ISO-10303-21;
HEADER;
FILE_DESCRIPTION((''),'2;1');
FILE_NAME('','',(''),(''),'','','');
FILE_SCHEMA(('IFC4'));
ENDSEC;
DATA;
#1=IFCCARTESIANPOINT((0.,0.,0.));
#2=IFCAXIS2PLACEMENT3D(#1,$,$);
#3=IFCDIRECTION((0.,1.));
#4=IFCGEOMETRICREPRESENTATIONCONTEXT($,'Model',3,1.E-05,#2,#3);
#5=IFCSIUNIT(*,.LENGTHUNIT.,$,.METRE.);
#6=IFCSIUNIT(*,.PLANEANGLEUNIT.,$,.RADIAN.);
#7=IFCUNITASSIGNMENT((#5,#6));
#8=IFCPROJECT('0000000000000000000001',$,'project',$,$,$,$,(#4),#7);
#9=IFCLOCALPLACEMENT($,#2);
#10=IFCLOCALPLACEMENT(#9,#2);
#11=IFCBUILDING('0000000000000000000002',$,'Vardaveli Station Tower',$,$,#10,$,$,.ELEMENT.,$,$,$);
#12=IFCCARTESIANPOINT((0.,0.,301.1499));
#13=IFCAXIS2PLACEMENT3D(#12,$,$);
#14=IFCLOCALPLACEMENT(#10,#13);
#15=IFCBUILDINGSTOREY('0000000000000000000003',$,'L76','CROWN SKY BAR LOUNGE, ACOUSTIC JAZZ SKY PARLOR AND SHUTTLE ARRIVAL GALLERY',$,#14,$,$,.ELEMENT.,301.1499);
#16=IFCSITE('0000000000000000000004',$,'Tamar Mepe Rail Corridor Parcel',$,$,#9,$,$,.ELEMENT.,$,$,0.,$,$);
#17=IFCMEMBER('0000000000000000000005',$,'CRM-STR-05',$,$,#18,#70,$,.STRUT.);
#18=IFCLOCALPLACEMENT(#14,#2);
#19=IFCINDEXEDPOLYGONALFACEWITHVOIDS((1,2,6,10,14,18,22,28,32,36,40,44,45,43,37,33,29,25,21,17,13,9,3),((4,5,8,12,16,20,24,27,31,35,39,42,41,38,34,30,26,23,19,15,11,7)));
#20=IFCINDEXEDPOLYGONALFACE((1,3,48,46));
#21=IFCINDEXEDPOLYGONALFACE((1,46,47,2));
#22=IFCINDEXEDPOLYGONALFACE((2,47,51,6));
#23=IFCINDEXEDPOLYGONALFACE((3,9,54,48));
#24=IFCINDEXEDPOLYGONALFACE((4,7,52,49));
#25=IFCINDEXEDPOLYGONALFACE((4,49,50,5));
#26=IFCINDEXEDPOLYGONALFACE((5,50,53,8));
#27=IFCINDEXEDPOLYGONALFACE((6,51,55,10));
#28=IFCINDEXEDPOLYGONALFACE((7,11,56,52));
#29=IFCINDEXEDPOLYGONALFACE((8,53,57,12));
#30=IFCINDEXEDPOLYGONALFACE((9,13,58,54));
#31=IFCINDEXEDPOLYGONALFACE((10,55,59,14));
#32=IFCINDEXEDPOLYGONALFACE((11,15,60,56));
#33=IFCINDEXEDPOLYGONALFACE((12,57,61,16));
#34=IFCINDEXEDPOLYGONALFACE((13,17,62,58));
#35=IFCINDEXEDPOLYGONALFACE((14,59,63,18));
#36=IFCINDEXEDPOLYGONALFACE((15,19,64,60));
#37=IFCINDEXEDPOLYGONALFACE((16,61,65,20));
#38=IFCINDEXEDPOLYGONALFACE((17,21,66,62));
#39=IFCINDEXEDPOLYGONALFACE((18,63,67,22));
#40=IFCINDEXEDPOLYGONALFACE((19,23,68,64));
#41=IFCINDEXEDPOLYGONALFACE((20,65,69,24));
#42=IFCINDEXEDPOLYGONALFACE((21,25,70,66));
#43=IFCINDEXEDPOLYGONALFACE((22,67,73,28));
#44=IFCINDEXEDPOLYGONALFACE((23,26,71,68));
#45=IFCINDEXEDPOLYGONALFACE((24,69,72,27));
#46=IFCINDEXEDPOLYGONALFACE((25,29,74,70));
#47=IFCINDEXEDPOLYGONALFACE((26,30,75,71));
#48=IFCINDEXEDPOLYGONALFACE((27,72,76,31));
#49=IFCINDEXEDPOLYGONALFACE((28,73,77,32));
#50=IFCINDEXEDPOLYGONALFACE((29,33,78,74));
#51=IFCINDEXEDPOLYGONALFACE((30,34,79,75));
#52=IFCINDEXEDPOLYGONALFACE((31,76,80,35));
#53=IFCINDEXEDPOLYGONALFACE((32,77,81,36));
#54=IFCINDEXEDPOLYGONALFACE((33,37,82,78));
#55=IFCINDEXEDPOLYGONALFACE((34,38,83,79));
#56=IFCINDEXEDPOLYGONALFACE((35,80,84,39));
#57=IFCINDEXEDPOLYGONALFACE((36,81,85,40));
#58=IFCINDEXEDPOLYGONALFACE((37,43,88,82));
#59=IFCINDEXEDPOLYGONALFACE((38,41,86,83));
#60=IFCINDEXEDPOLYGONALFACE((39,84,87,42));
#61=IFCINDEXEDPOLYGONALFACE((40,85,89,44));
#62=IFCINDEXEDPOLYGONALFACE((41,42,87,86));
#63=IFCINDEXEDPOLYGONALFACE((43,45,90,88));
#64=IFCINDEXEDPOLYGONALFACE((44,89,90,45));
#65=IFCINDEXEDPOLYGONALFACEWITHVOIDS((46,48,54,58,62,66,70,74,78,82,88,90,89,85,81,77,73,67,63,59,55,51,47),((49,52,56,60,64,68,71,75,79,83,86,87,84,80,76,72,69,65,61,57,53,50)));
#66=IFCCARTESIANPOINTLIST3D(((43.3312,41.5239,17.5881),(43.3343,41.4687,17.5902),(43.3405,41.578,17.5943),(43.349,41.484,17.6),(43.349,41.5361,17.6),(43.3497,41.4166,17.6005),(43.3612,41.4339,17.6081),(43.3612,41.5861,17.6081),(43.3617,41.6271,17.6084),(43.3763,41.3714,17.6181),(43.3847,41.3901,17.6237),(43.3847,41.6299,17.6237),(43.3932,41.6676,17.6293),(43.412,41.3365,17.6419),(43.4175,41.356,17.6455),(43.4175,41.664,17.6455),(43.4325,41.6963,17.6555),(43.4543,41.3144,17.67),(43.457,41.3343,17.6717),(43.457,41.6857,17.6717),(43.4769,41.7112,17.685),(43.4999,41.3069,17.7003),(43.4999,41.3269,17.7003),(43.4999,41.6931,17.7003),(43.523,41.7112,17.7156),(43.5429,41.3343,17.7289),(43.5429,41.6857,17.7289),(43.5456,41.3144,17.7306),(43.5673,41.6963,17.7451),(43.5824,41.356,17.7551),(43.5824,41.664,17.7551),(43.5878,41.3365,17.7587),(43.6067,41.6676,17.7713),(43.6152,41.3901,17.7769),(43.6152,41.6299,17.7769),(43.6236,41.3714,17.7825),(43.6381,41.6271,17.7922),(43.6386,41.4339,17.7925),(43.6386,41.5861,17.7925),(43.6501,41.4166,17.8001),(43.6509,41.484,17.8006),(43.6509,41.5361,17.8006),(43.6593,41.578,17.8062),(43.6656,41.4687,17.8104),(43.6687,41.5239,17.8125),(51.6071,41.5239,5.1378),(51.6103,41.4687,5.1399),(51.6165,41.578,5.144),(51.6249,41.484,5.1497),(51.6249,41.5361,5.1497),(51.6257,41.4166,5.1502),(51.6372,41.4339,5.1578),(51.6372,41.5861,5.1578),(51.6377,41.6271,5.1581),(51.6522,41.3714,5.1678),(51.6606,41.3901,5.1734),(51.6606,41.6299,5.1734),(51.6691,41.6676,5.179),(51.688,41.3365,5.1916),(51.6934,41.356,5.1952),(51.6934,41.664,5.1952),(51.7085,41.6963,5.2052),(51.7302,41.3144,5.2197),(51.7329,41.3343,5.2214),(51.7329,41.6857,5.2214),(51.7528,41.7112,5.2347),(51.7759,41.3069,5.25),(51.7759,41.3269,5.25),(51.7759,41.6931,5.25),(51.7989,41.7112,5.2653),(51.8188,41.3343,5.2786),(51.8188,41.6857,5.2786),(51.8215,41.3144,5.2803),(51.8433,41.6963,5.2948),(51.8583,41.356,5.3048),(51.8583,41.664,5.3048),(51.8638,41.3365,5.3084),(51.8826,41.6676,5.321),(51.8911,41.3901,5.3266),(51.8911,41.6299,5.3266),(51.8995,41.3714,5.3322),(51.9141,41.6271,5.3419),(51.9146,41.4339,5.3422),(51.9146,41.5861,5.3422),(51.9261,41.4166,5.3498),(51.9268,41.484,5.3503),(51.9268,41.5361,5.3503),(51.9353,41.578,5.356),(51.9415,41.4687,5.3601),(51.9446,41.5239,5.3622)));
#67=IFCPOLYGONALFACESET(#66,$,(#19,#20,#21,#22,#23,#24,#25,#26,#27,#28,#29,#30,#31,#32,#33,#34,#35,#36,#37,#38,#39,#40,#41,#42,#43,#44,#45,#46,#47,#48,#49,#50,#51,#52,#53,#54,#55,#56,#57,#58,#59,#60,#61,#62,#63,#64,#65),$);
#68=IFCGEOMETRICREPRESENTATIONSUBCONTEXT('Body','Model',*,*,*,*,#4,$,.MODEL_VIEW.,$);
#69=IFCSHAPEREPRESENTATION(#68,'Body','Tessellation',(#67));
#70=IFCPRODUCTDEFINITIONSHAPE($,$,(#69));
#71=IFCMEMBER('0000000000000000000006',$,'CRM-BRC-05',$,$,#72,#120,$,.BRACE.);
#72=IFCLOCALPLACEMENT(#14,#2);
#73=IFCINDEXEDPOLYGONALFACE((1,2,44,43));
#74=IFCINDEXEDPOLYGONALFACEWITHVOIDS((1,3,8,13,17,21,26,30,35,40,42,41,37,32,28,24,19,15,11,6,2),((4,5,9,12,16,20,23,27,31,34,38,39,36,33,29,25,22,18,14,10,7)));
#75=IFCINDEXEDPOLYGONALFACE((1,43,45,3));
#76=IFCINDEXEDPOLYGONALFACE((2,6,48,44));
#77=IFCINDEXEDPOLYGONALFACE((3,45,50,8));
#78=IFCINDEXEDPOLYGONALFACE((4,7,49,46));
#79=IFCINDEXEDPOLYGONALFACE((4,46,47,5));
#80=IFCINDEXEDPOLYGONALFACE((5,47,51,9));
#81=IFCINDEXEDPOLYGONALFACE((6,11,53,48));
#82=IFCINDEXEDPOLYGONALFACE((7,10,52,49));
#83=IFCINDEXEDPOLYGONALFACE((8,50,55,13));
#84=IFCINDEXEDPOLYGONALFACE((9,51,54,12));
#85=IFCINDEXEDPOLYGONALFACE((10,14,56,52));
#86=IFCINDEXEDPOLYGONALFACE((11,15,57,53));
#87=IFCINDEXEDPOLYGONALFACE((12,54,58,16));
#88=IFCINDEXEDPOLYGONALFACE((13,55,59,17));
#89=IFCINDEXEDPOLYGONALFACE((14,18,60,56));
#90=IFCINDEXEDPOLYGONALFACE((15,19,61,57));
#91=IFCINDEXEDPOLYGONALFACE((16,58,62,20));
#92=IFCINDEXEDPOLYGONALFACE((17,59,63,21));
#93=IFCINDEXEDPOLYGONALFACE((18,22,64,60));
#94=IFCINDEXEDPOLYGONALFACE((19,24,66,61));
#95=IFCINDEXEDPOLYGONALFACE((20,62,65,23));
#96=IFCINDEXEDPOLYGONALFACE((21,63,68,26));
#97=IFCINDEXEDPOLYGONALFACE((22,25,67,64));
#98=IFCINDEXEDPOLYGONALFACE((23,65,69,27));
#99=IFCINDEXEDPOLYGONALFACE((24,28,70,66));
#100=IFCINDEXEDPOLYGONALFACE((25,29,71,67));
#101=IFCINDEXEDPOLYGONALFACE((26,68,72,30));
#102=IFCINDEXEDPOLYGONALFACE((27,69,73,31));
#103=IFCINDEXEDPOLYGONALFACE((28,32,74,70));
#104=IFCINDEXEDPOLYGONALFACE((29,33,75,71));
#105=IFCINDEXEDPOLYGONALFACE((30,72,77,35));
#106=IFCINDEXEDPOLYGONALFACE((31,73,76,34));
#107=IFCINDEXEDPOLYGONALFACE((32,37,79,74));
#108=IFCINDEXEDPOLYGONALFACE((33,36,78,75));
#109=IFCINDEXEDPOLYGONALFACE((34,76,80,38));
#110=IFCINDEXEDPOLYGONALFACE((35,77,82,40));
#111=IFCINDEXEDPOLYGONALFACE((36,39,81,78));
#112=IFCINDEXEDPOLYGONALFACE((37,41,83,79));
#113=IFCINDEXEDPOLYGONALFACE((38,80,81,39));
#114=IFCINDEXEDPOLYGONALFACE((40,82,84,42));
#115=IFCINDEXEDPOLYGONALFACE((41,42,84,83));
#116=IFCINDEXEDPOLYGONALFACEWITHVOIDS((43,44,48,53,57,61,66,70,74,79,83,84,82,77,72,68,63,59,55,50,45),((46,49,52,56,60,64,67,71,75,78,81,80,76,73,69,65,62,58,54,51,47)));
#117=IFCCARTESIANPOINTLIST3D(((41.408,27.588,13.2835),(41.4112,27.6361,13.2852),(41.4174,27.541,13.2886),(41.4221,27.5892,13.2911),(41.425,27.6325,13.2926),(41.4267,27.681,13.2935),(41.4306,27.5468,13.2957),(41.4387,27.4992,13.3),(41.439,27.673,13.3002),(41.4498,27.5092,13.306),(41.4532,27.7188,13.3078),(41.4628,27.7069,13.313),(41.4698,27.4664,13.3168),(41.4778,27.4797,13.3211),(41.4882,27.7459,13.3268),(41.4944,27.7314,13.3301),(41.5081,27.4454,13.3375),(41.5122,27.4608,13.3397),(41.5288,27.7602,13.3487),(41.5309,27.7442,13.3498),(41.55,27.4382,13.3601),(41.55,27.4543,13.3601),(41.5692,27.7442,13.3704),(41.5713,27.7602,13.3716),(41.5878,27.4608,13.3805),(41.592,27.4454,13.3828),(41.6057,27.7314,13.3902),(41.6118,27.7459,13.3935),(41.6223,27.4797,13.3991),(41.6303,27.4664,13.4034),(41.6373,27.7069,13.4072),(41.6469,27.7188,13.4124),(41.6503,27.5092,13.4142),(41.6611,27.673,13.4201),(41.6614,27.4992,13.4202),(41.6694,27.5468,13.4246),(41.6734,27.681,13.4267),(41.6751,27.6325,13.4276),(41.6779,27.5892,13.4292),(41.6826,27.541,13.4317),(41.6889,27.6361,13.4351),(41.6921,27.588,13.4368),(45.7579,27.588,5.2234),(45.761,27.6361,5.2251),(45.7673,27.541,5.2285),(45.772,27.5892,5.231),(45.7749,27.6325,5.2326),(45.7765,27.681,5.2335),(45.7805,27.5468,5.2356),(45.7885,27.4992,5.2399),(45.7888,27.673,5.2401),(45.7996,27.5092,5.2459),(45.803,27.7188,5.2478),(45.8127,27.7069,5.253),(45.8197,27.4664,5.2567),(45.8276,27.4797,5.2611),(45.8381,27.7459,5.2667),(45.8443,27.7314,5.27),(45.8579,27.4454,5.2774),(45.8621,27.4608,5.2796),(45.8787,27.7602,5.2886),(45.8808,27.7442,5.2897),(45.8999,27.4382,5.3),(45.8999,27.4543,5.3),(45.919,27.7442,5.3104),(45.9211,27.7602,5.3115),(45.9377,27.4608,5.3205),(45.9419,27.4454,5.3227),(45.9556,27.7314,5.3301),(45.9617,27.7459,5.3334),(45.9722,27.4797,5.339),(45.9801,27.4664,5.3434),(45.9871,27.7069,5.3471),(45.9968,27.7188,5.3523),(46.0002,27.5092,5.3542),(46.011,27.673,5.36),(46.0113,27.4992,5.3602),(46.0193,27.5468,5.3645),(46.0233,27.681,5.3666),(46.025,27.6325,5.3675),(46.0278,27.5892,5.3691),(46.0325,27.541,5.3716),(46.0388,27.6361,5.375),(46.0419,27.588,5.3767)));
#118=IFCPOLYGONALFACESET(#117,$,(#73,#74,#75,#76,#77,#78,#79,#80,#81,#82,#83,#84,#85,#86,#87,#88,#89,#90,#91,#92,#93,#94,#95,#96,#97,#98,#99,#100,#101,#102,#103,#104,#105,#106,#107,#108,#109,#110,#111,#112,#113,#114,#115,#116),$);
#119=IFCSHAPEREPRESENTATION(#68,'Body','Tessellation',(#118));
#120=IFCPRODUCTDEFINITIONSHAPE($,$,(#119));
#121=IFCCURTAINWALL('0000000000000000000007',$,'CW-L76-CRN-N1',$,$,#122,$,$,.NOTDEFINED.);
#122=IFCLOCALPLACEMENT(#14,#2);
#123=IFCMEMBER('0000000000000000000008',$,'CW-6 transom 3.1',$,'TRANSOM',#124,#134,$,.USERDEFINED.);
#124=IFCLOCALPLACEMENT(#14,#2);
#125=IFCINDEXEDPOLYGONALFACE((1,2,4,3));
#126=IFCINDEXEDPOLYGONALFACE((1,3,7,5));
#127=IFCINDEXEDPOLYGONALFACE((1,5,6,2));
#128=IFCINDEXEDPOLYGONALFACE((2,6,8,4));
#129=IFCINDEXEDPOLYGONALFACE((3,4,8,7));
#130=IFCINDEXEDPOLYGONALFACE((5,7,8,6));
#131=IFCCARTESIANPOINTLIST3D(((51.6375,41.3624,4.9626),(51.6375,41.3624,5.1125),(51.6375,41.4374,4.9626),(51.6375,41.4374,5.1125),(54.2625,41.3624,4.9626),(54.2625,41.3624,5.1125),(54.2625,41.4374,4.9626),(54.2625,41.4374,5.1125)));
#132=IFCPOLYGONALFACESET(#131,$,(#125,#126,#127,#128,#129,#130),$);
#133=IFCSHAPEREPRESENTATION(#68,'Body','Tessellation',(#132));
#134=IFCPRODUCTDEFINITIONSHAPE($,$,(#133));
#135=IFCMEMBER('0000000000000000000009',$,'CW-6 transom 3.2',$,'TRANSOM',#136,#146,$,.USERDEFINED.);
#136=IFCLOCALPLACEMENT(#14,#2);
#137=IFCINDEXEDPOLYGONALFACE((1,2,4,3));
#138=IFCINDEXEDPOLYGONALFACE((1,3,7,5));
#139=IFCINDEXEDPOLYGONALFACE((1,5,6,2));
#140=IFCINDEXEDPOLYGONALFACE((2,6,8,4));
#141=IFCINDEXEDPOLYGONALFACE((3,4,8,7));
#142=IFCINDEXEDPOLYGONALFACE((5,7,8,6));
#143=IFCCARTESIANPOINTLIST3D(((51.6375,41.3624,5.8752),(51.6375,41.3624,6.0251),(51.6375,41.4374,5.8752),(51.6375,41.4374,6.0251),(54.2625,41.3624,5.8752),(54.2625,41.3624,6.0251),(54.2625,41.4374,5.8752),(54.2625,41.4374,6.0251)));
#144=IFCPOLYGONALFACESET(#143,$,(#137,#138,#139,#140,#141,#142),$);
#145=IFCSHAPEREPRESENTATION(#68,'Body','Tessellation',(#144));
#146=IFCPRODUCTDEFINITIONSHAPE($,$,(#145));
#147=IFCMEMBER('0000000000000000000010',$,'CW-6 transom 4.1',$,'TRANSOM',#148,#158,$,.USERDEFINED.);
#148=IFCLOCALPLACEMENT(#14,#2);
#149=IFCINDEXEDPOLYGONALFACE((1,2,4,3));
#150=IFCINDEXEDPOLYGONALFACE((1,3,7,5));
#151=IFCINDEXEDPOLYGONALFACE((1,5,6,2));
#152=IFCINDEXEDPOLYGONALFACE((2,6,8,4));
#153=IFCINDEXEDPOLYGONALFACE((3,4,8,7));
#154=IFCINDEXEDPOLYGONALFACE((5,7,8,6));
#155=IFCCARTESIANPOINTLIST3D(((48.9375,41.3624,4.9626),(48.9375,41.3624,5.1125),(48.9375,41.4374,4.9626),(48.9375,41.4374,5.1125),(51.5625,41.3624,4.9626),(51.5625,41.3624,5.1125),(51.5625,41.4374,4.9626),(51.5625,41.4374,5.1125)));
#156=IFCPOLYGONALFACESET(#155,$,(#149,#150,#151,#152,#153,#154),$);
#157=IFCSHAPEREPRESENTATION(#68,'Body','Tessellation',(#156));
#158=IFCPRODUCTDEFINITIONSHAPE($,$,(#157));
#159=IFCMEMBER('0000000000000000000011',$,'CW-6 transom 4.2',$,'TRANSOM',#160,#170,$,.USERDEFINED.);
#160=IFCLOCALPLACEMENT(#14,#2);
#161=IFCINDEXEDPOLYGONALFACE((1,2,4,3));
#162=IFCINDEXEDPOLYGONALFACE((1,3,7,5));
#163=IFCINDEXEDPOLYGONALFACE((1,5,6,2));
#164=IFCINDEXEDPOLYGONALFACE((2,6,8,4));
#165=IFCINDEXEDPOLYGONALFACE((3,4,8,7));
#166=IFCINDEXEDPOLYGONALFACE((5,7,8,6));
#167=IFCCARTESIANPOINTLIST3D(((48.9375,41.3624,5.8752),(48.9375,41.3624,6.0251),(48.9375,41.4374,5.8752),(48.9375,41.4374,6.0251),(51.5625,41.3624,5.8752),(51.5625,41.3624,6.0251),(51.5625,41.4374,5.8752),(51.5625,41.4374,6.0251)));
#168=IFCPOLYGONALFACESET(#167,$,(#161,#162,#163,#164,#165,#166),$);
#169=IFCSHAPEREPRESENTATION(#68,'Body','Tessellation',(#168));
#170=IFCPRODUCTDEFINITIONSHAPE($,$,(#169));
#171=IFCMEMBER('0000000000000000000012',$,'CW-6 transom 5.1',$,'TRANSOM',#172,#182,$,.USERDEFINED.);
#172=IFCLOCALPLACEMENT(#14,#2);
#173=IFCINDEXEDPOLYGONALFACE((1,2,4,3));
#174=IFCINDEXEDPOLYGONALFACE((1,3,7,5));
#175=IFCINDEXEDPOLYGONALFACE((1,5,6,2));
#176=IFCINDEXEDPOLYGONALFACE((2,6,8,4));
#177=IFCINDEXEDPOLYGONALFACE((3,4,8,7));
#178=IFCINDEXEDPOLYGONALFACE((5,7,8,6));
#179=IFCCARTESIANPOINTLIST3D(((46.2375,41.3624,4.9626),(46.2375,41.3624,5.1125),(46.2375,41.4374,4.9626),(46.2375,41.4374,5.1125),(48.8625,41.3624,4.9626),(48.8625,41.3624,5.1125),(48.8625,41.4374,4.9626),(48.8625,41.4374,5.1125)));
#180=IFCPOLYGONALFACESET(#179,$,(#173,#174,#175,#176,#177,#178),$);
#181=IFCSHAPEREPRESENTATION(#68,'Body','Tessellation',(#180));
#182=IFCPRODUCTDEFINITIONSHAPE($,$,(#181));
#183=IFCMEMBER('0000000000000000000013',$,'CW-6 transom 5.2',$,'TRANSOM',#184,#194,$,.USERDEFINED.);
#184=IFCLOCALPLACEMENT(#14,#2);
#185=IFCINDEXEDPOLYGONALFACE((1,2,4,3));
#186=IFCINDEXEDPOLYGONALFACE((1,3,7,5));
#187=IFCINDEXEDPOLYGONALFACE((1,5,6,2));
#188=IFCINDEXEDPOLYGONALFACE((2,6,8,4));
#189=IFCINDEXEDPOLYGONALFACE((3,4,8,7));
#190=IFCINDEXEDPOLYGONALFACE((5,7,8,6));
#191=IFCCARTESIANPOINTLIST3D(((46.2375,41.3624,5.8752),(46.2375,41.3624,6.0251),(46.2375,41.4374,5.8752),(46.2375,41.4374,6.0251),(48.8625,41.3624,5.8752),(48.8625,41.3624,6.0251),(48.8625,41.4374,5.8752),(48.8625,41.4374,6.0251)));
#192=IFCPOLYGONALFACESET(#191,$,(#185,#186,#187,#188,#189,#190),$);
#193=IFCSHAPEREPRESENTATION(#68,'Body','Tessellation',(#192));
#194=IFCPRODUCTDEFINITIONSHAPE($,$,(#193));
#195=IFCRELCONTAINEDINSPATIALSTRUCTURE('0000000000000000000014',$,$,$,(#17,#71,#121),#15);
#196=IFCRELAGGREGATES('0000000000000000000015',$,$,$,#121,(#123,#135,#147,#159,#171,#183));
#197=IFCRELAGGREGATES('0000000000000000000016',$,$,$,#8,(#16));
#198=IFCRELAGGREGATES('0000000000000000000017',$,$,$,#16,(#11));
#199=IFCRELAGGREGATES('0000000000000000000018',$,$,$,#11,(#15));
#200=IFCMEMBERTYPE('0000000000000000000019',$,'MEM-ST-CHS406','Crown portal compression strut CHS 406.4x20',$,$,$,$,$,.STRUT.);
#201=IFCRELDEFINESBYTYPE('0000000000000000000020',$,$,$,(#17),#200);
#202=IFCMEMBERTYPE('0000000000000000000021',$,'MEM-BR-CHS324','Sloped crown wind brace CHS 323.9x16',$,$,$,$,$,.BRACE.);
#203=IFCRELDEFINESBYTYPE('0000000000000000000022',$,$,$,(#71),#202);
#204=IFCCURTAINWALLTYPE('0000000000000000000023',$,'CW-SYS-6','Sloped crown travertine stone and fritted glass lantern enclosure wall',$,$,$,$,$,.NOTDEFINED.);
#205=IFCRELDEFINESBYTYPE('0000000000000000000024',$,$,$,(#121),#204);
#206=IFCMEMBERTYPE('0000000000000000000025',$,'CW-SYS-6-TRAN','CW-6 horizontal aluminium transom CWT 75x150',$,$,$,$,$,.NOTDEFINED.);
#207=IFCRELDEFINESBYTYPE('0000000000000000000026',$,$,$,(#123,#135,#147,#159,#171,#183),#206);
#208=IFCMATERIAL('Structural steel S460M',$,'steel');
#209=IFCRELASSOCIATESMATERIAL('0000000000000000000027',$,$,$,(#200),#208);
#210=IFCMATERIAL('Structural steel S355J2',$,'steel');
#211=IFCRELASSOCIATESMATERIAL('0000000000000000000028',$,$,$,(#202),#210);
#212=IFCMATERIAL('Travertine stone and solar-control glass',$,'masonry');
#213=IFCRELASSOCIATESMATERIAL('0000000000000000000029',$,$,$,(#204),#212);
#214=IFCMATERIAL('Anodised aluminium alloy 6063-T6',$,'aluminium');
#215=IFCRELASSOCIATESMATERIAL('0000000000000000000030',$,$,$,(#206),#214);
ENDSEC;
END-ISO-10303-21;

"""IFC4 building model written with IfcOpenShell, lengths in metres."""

from ifc_helpers import new_model, si_unit, direction, frame, origin, origin_2d, place, context, subcontext, project, spatial, rectangle, hollow_circle, extrude, source, transform, mapped, material, material_profile, profile_set, type_object, element, aggregate, save


model = new_model("IFC4")

# Units and contexts
model_context = context("Model", 3, precision=1e-05, world=origin(), true_north=direction((0.0, 1.0)))
body_context = subcontext(model_context, "Body", "Model", "MODEL_VIEW")
ifc_project = project(units=[si_unit("LENGTHUNIT", "METRE"), si_unit("PLANEANGLEUNIT", "RADIAN")], contexts=[model_context])

# Site, building, storey
site_placement = place(None, origin())
site = spatial("IfcSite", under=ifc_project, at=site_placement, Name="Tamar Mepe Rail Corridor Parcel", CompositionType="ELEMENT", RefElevation=0.0)
building_placement = place(site_placement, origin())
building = spatial("IfcBuilding", under=site, at=building_placement, Name="Vardaveli Station Tower", CompositionType="ELEMENT")
storey_placement = place(building_placement, frame((0.0, 0.0, 301.1499)))
storey = spatial("IfcBuildingStorey", under=building, at=storey_placement, Name="L76", Description="CROWN SKY BAR LOUNGE, ACOUSTIC JAZZ SKY PARLOR AND SHUTTLE ARRIVAL GALLERY", CompositionType="ELEMENT", Elevation=301.1499)

# Members
ifc_material_1 = material(Name="Structural steel S460M", Category="steel")
ifc_material_profile_1 = material_profile(ifc_material_1, hollow_circle(Radius=0.2031, WallThickness=0.02, at=origin_2d()), Name="CHS 406.4x20")
ifc_profile_set_1 = profile_set([ifc_material_profile_1], Name="Structural steel S460M")
member_type_1 = type_object("IfcMemberType", Name="MEM-ST-CHS406", Description="Crown portal compression strut CHS 406.4x20", PredefinedType="STRUT", material=ifc_profile_set_1)
shared_shape_1 = source(origin(), body_context, "Body", "SweptSolid", [
    extrude(hollow_circle(Radius=0.2031, WallThickness=0.02, at=origin_2d()), origin(), (0.0, 0.0, 1.0), 14.95),
])
member_1_placement = place(storey_placement, frame((51.7759, 41.51, 5.25), z_axis=(-0.553577, 0.0, 0.832798), x_axis=(0.0, -1.0, 0.0)))
element("IfcMember", 1, at=member_1_placement, inside=storey, type_object=member_type_1, Name="CRM-STR-05", PredefinedType="STRUT", context=body_context, shape_type="MappedRepresentation", body=[
    mapped(shared_shape_1, transform((0.0, 0.0, 0.0), scale=1.0)),
])
ifc_material_2 = material(Name="Structural steel S355J2", Category="steel")
ifc_material_profile_2 = material_profile(ifc_material_2, hollow_circle(Radius=0.1619, WallThickness=0.0161, at=origin_2d()), Name="CHS 323.9x16")
ifc_profile_set_2 = profile_set([ifc_material_profile_2], Name="Structural steel S355J2")
member_type_2 = type_object("IfcMemberType", Name="MEM-BR-CHS324", Description="Sloped crown wind brace CHS 323.9x16", PredefinedType="BRACE", material=ifc_profile_set_2)
shared_shape_2 = source(origin(), body_context, "Body", "SweptSolid", [
    extrude(hollow_circle(Radius=0.1619, WallThickness=0.0161, at=origin_2d()), origin(), (0.0, 0.0, 1.0), 9.1589),
])
member_2_placement = place(storey_placement, frame((45.8999, 27.6001, 5.3), z_axis=(-0.474931, 0.0, 0.880023), x_axis=(0.0, -1.0, 0.0)))
element("IfcMember", 2, at=member_2_placement, inside=storey, type_object=member_type_2, Name="CRM-BRC-05", PredefinedType="BRACE", context=body_context, shape_type="MappedRepresentation", body=[
    mapped(shared_shape_2, transform((0.0, 0.0, 0.0), scale=1.0)),
])

# Curtain wall, members
ifc_material_3 = material(Name="Travertine stone and solar-control glass", Category="masonry")
curtain_wall_type = type_object("IfcCurtainWallType", Name="CW-SYS-6", Description="Sloped crown travertine stone and fritted glass lantern enclosure wall", PredefinedType="NOTDEFINED", material=ifc_material_3)
curtain_wall_1_placement = place(storey_placement, origin())
curtain_wall_1 = element("IfcCurtainWall", 3, at=curtain_wall_1_placement, inside=storey, type_object=curtain_wall_type, Name="CW-L76-CRN-N1", PredefinedType="NOTDEFINED")
ifc_material_4 = material(Name="Anodised aluminium alloy 6063-T6", Category="aluminium")
ifc_material_profile_3 = material_profile(ifc_material_4, rectangle(XDim=0.075, YDim=0.1499, at=origin_2d()), Name="CWT 75x150")
ifc_profile_set_3 = profile_set([ifc_material_profile_3], Name="Anodised aluminium alloy 6063-T6")
member_type_3 = type_object("IfcMemberType", Name="CW-SYS-6-TRAN", Description="CW-6 horizontal aluminium transom CWT 75x150", PredefinedType="NOTDEFINED", material=ifc_profile_set_3)
shared_shape_3 = source(origin(), body_context, "Body", "SweptSolid", [
    extrude(rectangle(XDim=0.075, YDim=0.1499, at=origin_2d()), origin(), (0.0, 0.0, 1.0), 2.625),
])
member_3_placement = place(storey_placement, frame((54.2625, 41.3999, 5.0376), z_axis=(-1.0, 0.0, 0.0), x_axis=(0.0, -1.0, 0.0)))
member_3 = element("IfcMember", 4, at=member_3_placement, type_object=member_type_3, Name="CW-6 transom 3.1", ObjectType="TRANSOM", PredefinedType="USERDEFINED", context=body_context, shape_type="MappedRepresentation", body=[
    mapped(shared_shape_3, transform((0.0, 0.0, 0.0), scale=1.0)),
])
member_4_placement = place(storey_placement, frame((54.2625, 41.3999, 5.9502), z_axis=(-1.0, 0.0, 0.0), x_axis=(0.0, -1.0, 0.0)))
member_4 = element("IfcMember", 5, at=member_4_placement, type_object=member_type_3, Name="CW-6 transom 3.2", ObjectType="TRANSOM", PredefinedType="USERDEFINED", context=body_context, shape_type="MappedRepresentation", body=[
    mapped(shared_shape_3, transform((0.0, 0.0, 0.0), scale=1.0)),
])
member_5_placement = place(storey_placement, frame((51.5625, 41.3999, 5.0376), z_axis=(-1.0, 0.0, 0.0), x_axis=(0.0, -1.0, 0.0)))
member_5 = element("IfcMember", 6, at=member_5_placement, type_object=member_type_3, Name="CW-6 transom 4.1", ObjectType="TRANSOM", PredefinedType="USERDEFINED", context=body_context, shape_type="MappedRepresentation", body=[
    mapped(shared_shape_3, transform((0.0, 0.0, 0.0), scale=1.0)),
])
member_6_placement = place(storey_placement, frame((51.5625, 41.3999, 5.9502), z_axis=(-1.0, 0.0, 0.0), x_axis=(0.0, -1.0, 0.0)))
member_6 = element("IfcMember", 7, at=member_6_placement, type_object=member_type_3, Name="CW-6 transom 4.2", ObjectType="TRANSOM", PredefinedType="USERDEFINED", context=body_context, shape_type="MappedRepresentation", body=[
    mapped(shared_shape_3, transform((0.0, 0.0, 0.0), scale=1.0)),
])
member_7_placement = place(storey_placement, frame((48.8625, 41.3999, 5.0376), z_axis=(-1.0, 0.0, 0.0), x_axis=(0.0, -1.0, 0.0)))
member_7 = element("IfcMember", 8, at=member_7_placement, type_object=member_type_3, Name="CW-6 transom 5.1", ObjectType="TRANSOM", PredefinedType="USERDEFINED", context=body_context, shape_type="MappedRepresentation", body=[
    mapped(shared_shape_3, transform((0.0, 0.0, 0.0), scale=1.0)),
])
member_8_placement = place(storey_placement, frame((48.8625, 41.3999, 5.9502), z_axis=(-1.0, 0.0, 0.0), x_axis=(0.0, -1.0, 0.0)))
member_8 = element("IfcMember", 9, at=member_8_placement, type_object=member_type_3, Name="CW-6 transom 5.2", ObjectType="TRANSOM", PredefinedType="USERDEFINED", context=body_context, shape_type="MappedRepresentation", body=[
    mapped(shared_shape_3, transform((0.0, 0.0, 0.0), scale=1.0)),
])

aggregate(curtain_wall_1, [member_3, member_4, member_5, member_6, member_7, member_8])

save(model, "model.ifc")
